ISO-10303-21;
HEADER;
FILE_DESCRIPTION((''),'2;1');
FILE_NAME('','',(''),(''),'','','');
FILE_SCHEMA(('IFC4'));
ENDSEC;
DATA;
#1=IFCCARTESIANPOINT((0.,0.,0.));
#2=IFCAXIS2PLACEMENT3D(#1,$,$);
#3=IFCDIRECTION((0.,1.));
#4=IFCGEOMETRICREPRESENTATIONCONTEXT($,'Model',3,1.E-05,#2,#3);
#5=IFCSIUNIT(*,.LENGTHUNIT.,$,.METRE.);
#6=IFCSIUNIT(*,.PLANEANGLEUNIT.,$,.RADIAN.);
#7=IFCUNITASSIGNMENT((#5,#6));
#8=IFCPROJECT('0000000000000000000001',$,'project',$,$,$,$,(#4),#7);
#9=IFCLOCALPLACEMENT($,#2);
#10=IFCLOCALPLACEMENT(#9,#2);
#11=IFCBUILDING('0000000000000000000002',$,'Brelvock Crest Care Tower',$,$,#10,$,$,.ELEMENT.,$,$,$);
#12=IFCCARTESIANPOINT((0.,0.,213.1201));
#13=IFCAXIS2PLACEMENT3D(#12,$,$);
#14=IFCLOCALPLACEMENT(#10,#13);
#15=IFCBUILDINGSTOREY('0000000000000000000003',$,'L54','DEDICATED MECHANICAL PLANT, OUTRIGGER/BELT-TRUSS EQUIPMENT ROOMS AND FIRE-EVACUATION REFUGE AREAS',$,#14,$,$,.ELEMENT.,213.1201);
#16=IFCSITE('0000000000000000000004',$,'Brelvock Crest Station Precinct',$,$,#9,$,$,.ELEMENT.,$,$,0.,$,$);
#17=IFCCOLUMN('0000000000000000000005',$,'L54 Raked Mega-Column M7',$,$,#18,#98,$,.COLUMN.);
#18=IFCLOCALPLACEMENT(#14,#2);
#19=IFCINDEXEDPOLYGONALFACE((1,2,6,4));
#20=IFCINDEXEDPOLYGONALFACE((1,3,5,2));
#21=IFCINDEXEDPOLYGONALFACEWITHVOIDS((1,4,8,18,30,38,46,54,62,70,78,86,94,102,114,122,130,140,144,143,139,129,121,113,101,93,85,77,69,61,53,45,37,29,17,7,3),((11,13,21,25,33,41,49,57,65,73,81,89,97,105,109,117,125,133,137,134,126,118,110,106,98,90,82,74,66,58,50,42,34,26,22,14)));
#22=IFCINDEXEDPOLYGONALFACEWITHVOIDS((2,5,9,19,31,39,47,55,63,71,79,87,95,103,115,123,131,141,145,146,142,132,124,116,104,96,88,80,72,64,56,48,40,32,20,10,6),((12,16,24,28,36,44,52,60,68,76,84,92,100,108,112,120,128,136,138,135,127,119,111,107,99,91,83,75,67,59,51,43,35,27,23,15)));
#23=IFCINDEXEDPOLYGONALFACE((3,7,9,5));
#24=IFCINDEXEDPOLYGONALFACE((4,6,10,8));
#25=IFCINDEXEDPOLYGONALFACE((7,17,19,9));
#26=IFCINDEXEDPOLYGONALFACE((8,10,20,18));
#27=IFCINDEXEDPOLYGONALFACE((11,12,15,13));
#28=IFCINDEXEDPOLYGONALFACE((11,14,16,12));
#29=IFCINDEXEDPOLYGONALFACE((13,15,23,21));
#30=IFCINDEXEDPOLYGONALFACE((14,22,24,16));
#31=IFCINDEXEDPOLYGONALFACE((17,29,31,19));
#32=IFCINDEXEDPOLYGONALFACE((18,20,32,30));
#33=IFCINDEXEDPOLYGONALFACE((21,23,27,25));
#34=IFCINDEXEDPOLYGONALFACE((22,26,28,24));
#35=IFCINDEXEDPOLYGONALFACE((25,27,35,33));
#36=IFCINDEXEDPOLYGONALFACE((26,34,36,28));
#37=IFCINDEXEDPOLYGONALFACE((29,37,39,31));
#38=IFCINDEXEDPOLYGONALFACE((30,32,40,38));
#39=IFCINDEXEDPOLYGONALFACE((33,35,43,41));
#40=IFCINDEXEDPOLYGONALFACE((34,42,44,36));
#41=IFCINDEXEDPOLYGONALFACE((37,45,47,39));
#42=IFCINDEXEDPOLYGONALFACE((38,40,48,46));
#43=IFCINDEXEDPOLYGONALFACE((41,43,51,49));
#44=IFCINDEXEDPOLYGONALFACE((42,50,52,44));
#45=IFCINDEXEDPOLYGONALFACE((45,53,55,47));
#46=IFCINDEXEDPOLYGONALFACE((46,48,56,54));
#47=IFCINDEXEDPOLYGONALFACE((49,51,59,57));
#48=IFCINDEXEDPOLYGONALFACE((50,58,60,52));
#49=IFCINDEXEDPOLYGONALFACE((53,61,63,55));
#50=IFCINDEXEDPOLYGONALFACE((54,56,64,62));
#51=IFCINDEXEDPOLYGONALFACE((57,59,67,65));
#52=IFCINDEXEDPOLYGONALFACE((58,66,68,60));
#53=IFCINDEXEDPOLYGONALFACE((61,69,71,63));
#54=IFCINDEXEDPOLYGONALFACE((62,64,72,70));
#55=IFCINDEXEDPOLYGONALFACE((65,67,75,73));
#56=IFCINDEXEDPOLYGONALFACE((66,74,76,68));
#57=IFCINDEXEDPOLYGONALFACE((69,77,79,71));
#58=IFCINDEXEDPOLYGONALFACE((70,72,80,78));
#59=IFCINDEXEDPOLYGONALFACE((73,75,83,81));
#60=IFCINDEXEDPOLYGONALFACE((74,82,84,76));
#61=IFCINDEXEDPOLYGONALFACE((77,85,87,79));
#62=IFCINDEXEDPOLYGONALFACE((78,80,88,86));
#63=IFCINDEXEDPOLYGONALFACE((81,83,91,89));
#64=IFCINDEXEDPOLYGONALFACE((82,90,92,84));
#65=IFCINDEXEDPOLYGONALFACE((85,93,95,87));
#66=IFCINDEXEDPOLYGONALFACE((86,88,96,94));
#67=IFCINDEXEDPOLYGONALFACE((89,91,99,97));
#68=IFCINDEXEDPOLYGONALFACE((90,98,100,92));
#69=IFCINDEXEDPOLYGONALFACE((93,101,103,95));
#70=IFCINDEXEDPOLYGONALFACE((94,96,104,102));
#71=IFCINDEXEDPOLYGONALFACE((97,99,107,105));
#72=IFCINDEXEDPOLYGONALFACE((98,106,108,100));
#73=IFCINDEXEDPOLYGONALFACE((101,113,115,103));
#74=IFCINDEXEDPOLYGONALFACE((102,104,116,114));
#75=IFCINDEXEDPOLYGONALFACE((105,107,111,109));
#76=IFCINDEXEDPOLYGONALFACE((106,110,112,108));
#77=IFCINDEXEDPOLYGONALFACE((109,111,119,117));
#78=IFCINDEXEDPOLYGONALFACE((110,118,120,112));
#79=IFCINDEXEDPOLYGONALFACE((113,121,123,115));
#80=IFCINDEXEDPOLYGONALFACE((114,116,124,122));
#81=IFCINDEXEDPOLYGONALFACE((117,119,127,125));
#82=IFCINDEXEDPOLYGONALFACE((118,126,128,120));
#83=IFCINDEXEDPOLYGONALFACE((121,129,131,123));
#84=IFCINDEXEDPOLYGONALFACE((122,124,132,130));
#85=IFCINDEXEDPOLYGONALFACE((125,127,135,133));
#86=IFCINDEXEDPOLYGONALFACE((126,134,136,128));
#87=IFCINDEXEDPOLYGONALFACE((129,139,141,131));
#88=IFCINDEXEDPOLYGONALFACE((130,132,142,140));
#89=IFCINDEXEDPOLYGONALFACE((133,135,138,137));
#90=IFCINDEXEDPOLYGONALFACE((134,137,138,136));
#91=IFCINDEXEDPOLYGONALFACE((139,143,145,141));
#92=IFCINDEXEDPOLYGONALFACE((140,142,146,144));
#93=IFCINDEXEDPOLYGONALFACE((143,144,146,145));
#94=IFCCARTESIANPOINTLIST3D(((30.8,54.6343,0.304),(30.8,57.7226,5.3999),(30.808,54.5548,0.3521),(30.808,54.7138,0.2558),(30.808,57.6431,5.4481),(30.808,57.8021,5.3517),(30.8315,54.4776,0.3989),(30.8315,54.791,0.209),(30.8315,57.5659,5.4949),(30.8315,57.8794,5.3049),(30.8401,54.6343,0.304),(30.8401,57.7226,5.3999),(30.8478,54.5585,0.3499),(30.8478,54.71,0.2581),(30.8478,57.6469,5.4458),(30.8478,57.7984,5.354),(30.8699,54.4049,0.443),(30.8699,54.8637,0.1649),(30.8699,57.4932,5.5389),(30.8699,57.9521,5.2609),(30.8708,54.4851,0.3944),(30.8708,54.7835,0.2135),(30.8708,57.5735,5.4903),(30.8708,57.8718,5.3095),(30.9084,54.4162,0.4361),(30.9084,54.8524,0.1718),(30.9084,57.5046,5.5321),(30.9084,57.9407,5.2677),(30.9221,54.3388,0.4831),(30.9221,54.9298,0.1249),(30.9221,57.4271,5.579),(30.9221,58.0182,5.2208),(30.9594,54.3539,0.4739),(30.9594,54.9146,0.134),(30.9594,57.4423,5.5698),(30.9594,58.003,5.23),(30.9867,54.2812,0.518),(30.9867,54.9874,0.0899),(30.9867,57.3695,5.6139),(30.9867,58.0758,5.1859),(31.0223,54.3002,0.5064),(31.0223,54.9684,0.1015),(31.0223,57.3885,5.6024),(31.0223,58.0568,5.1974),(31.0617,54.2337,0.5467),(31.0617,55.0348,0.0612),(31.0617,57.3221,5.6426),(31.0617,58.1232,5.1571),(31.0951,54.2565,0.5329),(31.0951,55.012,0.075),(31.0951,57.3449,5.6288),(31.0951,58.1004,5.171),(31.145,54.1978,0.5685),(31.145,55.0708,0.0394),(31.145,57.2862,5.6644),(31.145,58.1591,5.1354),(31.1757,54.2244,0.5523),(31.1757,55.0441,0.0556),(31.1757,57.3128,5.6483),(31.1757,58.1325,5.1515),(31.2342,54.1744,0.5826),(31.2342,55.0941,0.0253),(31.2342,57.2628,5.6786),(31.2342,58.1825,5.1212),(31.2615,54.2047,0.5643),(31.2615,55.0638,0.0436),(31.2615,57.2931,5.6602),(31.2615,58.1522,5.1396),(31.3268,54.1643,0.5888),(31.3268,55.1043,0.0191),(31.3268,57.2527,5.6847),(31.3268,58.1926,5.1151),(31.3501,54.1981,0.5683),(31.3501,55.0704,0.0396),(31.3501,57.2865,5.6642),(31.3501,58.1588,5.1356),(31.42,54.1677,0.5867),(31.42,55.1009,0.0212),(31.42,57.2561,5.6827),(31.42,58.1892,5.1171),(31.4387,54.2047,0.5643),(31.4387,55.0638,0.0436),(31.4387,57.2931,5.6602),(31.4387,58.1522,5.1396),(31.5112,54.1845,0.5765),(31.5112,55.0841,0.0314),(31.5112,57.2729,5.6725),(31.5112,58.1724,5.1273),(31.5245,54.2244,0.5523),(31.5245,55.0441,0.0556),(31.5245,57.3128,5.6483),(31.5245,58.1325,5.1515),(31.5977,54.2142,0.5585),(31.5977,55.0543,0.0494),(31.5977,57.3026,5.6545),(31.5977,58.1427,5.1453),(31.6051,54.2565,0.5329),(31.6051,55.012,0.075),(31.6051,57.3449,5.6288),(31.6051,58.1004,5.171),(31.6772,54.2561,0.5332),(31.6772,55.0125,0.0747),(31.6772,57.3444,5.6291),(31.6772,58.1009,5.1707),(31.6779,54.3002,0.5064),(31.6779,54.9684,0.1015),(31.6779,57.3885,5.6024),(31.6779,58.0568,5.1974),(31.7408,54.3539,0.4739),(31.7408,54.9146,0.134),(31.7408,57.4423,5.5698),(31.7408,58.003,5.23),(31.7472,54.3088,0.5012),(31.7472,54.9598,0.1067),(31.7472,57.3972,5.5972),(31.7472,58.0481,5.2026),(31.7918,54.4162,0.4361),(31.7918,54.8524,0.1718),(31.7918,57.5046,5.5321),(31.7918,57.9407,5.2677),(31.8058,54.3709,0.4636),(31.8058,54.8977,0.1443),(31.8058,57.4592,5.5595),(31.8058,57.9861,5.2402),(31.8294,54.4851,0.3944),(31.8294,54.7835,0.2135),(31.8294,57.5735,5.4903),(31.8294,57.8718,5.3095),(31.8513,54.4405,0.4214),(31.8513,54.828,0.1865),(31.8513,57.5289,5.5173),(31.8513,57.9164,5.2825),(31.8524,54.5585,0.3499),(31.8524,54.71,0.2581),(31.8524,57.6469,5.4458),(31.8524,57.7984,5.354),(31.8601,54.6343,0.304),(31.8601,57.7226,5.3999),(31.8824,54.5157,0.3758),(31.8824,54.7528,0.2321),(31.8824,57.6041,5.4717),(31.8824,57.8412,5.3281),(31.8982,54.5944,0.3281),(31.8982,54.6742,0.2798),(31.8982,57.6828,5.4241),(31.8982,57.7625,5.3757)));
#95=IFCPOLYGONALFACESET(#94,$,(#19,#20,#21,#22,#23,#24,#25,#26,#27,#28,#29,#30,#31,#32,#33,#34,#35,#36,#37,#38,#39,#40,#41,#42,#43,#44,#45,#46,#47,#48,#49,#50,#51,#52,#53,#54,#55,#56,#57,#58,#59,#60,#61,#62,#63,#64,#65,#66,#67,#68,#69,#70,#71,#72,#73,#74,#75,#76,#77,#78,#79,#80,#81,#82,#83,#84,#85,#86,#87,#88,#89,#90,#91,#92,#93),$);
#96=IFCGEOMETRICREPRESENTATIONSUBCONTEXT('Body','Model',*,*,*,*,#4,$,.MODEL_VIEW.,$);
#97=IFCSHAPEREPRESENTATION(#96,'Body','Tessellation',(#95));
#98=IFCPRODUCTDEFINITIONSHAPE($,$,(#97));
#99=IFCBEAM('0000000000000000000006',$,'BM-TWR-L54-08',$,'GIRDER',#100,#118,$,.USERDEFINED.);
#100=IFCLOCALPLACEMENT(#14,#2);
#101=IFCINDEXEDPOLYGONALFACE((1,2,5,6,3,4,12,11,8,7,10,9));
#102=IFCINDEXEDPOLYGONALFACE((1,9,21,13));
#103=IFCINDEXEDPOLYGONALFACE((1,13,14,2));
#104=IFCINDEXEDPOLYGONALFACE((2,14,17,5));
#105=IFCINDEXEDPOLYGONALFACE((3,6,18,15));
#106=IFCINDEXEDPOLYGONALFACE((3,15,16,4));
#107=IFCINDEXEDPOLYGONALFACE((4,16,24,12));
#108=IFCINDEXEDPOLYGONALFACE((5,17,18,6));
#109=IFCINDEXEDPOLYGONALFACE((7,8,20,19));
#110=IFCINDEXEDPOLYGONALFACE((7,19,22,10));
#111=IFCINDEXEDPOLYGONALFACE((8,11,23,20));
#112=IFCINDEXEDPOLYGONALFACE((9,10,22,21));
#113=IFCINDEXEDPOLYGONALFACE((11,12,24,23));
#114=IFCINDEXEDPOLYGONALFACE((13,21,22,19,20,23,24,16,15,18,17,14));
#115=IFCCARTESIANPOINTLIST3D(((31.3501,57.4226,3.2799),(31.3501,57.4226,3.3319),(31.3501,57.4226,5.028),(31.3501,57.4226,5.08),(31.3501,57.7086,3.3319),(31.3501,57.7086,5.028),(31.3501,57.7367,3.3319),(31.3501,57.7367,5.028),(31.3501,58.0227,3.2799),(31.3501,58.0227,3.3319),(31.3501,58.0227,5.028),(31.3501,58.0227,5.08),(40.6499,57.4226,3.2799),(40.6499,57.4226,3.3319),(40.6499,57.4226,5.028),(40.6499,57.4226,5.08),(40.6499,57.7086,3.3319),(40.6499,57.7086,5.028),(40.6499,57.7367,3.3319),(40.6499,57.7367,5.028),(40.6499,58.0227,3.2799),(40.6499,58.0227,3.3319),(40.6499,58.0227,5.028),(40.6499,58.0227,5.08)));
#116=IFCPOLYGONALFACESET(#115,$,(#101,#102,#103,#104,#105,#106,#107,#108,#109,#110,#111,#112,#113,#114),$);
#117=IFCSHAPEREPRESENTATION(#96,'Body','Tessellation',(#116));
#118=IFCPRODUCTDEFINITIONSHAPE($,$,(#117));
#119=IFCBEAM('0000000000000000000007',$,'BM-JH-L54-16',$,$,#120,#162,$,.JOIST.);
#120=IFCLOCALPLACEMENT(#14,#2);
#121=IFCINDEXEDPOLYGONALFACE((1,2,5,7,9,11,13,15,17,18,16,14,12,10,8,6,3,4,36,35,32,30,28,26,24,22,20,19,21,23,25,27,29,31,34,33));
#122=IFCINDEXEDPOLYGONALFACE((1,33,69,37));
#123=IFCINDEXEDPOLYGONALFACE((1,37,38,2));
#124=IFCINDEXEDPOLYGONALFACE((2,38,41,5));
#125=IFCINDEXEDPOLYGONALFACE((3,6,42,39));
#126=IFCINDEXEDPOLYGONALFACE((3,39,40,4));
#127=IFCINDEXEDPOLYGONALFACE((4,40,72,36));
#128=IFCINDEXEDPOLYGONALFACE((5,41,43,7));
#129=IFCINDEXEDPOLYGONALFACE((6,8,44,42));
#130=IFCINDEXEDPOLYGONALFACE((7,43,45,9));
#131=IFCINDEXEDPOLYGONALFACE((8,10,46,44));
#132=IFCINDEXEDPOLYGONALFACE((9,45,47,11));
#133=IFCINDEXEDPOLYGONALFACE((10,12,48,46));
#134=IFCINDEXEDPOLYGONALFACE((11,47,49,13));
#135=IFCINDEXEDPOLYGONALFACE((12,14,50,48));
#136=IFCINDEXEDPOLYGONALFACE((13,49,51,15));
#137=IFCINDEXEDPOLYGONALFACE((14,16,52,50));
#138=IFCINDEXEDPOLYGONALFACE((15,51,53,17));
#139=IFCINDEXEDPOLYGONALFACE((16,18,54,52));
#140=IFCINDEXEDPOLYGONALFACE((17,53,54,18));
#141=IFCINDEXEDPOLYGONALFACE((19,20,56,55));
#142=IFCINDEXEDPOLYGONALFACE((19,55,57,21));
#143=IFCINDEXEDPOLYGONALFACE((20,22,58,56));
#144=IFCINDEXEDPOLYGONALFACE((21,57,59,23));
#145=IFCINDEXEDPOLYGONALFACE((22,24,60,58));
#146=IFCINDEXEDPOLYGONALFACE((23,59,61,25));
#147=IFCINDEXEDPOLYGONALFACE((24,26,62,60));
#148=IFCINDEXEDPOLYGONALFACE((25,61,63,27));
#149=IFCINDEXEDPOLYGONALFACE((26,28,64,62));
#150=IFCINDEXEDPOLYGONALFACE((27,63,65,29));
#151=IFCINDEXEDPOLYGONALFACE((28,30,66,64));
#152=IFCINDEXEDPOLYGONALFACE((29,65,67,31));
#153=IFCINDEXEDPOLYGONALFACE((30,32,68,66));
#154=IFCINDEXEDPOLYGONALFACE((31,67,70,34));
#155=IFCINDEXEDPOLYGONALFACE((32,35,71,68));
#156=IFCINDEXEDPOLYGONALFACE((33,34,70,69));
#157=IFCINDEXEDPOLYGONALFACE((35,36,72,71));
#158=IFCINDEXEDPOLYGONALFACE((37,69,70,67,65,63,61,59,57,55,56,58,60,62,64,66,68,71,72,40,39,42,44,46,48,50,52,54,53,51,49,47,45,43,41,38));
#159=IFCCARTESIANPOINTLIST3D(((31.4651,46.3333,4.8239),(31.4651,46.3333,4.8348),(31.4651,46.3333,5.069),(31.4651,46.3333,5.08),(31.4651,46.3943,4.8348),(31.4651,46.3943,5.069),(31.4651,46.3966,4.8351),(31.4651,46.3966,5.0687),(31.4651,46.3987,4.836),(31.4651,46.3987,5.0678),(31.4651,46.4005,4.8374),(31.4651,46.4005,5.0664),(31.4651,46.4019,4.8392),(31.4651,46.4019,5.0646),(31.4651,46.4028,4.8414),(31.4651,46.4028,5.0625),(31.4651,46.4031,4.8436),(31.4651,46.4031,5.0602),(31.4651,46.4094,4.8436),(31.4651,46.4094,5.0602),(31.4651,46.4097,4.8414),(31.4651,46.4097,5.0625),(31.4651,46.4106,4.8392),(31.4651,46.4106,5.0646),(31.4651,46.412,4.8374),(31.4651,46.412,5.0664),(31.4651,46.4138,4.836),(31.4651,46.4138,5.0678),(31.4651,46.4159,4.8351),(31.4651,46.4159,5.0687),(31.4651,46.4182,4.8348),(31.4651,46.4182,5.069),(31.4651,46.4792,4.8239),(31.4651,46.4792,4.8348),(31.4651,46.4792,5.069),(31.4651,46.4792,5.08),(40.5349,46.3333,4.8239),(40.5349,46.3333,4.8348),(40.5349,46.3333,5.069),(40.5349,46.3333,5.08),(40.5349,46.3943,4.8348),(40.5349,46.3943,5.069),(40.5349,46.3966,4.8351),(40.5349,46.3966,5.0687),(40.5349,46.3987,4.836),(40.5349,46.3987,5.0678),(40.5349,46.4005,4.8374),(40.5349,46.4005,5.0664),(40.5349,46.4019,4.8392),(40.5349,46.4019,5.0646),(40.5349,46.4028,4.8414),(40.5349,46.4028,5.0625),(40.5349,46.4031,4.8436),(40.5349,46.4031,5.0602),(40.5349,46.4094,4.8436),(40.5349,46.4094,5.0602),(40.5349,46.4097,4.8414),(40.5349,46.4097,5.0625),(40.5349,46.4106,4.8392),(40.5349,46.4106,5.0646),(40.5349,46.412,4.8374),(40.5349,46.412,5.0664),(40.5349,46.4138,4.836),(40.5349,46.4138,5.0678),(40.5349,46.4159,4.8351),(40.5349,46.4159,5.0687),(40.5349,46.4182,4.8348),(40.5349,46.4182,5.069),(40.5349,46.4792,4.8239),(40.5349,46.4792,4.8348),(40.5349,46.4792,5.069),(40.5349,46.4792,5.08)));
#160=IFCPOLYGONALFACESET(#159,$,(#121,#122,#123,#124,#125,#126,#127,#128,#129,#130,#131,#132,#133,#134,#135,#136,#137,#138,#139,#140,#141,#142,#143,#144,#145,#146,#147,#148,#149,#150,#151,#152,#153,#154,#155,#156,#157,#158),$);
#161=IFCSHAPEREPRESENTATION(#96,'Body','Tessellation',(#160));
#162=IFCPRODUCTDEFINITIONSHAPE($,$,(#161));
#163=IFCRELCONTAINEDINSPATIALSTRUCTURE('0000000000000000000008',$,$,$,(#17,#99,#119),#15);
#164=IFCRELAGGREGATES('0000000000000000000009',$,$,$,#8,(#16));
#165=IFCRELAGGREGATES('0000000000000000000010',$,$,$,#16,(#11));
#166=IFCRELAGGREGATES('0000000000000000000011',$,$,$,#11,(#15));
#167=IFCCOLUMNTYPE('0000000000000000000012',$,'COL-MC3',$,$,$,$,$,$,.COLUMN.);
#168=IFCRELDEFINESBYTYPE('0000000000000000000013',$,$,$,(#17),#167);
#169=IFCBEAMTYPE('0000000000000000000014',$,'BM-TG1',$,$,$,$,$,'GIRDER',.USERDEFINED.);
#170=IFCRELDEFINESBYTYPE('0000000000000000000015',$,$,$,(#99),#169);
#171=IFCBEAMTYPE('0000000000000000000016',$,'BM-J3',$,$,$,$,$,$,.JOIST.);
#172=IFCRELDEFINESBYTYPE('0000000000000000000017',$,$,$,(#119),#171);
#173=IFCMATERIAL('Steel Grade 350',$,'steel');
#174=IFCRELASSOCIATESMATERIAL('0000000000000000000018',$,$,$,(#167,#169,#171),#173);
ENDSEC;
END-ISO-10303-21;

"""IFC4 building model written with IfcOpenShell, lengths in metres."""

from ifc_helpers import new_model, si_unit, direction, frame, origin, origin_2d, place, context, subcontext, project, spatial, hollow_circle, i_section, extrude, source, transform, mapped, material, material_profile, profile_set, type_object, element, save


model = new_model("IFC4")

# Units and contexts
model_context = context("Model", 3, precision=1e-05, world=origin(), true_north=direction((0.0, 1.0)))
body_context = subcontext(model_context, "Body", "Model", "MODEL_VIEW")
ifc_project = project(units=[si_unit("LENGTHUNIT", "METRE"), si_unit("PLANEANGLEUNIT", "RADIAN")], contexts=[model_context])

# Site, building, storey
site_placement = place(None, origin())
site = spatial("IfcSite", under=ifc_project, at=site_placement, Name="Brelvock Crest Station Precinct", CompositionType="ELEMENT", RefElevation=0.0)
building_placement = place(site_placement, origin())
building = spatial("IfcBuilding", under=site, at=building_placement, Name="Brelvock Crest Care Tower", CompositionType="ELEMENT")
storey_placement = place(building_placement, frame((0.0, 0.0, 213.1201)))
storey = spatial("IfcBuildingStorey", under=building, at=storey_placement, Name="L54", Description="DEDICATED MECHANICAL PLANT, OUTRIGGER/BELT-TRUSS EQUIPMENT ROOMS AND FIRE-EVACUATION REFUGE AREAS", CompositionType="ELEMENT", Elevation=213.1201)

# Column
ifc_material_1 = material(Name="Steel Grade 350", Category="steel")
ifc_material_profile_1 = material_profile(ifc_material_1, hollow_circle(Radius=0.55, WallThickness=0.04, at=origin_2d()), Name="CFT1100x40")
ifc_profile_set_1 = profile_set([ifc_material_profile_1], Name="Steel Grade 350")
column_type = type_object("IfcColumnType", Name="COL-MC3", PredefinedType="COLUMN", material=ifc_profile_set_1)
shared_shape_1 = source(origin(), body_context, "Body", "SweptSolid", [
    extrude(hollow_circle(Radius=0.55, WallThickness=0.04, at=origin_2d()), origin(), (0.0, 0.0, 1.0), 5.9587),
])
column_placement = place(storey_placement, frame((31.3501, 54.6343, 0.304), z_axis=(0.0, 0.518293, 0.855203), x_axis=(-1.0, 0.0, 0.0)))
element("IfcColumn", 1, at=column_placement, inside=storey, type_object=column_type, Name="L54 Raked Mega-Column M7", PredefinedType="COLUMN", context=body_context, shape_type="MappedRepresentation", body=[
    mapped(shared_shape_1, transform((0.0, 0.0, 0.0), x_axis=(1.0, 0.0, 0.0), y_axis=(0.0, 1.0, 0.0), z_axis=(0.0, 0.0, 1.0), scale=1.0)),
])

# Beams
ifc_material_profile_2 = material_profile(ifc_material_1, i_section(OverallWidth=0.6001, OverallDepth=1.8, WebThickness=0.0281, FlangeThickness=0.052, at=origin_2d()), Name="1800TG740")
ifc_profile_set_2 = profile_set([ifc_material_profile_2], Name="Steel Grade 350")
beam_type_1 = type_object("IfcBeamType", Name="BM-TG1", ElementType="GIRDER", PredefinedType="USERDEFINED", material=ifc_profile_set_2)
shared_shape_2 = source(origin(), body_context, "Body", "SweptSolid", [
    extrude(i_section(OverallWidth=0.6001, OverallDepth=1.8, WebThickness=0.0281, FlangeThickness=0.052, at=origin_2d()), origin(), (0.0, 0.0, 1.0), 9.2998),
])
beam_placement = place(storey_placement, frame((31.3501, 57.7227, 4.1799), z_axis=(1.0, 0.0, 0.0), x_axis=(0.0, 1.0, 0.0)))
element("IfcBeam", 2, at=beam_placement, inside=storey, type_object=beam_type_1, Name="BM-TWR-L54-08", ObjectType="GIRDER", PredefinedType="USERDEFINED", context=body_context, shape_type="MappedRepresentation", body=[
    mapped(shared_shape_2, transform((0.0, 0.0, 0.0), x_axis=(1.0, 0.0, 0.0), y_axis=(0.0, 1.0, 0.0), z_axis=(0.0, 0.0, 1.0), scale=1.0)),
])
ifc_material_profile_3 = material_profile(ifc_material_1, i_section(OverallWidth=0.146, OverallDepth=0.2561, WebThickness=0.0063, FlangeThickness=0.011, FilletRadius=0.0088, at=origin_2d()), Name="250UB37.3")
ifc_profile_set_3 = profile_set([ifc_material_profile_3], Name="Steel Grade 350")
beam_type_2 = type_object("IfcBeamType", Name="BM-J3", PredefinedType="JOIST", material=ifc_profile_set_3)
shared_shape_3 = source(origin(), body_context, "Body", "SweptSolid", [
    extrude(i_section(OverallWidth=0.146, OverallDepth=0.2561, WebThickness=0.0063, FlangeThickness=0.011, FilletRadius=0.0088, at=origin_2d()), origin(), (0.0, 0.0, 1.0), 9.0698),
])
for number, where, z_axis, x_axis, name in (
    (3, (31.4651, 46.4062, 4.9519), (1.0, 0.0, 0.0), (0.0, 1.0, 0.0), "BM-JH-L54-16"),
):
    element("IfcBeam", number, at=place(storey_placement, frame(where, z_axis=z_axis, x_axis=x_axis)), inside=storey, type_object=beam_type_2, Name=name, PredefinedType="JOIST", context=body_context, shape_type="MappedRepresentation", body=[
        mapped(shared_shape_3, transform((0.0, 0.0, 0.0), x_axis=(1.0, 0.0, 0.0), y_axis=(0.0, 1.0, 0.0), z_axis=(0.0, 0.0, 1.0), scale=1.0)),
    ])

save(model, "model.ifc")
